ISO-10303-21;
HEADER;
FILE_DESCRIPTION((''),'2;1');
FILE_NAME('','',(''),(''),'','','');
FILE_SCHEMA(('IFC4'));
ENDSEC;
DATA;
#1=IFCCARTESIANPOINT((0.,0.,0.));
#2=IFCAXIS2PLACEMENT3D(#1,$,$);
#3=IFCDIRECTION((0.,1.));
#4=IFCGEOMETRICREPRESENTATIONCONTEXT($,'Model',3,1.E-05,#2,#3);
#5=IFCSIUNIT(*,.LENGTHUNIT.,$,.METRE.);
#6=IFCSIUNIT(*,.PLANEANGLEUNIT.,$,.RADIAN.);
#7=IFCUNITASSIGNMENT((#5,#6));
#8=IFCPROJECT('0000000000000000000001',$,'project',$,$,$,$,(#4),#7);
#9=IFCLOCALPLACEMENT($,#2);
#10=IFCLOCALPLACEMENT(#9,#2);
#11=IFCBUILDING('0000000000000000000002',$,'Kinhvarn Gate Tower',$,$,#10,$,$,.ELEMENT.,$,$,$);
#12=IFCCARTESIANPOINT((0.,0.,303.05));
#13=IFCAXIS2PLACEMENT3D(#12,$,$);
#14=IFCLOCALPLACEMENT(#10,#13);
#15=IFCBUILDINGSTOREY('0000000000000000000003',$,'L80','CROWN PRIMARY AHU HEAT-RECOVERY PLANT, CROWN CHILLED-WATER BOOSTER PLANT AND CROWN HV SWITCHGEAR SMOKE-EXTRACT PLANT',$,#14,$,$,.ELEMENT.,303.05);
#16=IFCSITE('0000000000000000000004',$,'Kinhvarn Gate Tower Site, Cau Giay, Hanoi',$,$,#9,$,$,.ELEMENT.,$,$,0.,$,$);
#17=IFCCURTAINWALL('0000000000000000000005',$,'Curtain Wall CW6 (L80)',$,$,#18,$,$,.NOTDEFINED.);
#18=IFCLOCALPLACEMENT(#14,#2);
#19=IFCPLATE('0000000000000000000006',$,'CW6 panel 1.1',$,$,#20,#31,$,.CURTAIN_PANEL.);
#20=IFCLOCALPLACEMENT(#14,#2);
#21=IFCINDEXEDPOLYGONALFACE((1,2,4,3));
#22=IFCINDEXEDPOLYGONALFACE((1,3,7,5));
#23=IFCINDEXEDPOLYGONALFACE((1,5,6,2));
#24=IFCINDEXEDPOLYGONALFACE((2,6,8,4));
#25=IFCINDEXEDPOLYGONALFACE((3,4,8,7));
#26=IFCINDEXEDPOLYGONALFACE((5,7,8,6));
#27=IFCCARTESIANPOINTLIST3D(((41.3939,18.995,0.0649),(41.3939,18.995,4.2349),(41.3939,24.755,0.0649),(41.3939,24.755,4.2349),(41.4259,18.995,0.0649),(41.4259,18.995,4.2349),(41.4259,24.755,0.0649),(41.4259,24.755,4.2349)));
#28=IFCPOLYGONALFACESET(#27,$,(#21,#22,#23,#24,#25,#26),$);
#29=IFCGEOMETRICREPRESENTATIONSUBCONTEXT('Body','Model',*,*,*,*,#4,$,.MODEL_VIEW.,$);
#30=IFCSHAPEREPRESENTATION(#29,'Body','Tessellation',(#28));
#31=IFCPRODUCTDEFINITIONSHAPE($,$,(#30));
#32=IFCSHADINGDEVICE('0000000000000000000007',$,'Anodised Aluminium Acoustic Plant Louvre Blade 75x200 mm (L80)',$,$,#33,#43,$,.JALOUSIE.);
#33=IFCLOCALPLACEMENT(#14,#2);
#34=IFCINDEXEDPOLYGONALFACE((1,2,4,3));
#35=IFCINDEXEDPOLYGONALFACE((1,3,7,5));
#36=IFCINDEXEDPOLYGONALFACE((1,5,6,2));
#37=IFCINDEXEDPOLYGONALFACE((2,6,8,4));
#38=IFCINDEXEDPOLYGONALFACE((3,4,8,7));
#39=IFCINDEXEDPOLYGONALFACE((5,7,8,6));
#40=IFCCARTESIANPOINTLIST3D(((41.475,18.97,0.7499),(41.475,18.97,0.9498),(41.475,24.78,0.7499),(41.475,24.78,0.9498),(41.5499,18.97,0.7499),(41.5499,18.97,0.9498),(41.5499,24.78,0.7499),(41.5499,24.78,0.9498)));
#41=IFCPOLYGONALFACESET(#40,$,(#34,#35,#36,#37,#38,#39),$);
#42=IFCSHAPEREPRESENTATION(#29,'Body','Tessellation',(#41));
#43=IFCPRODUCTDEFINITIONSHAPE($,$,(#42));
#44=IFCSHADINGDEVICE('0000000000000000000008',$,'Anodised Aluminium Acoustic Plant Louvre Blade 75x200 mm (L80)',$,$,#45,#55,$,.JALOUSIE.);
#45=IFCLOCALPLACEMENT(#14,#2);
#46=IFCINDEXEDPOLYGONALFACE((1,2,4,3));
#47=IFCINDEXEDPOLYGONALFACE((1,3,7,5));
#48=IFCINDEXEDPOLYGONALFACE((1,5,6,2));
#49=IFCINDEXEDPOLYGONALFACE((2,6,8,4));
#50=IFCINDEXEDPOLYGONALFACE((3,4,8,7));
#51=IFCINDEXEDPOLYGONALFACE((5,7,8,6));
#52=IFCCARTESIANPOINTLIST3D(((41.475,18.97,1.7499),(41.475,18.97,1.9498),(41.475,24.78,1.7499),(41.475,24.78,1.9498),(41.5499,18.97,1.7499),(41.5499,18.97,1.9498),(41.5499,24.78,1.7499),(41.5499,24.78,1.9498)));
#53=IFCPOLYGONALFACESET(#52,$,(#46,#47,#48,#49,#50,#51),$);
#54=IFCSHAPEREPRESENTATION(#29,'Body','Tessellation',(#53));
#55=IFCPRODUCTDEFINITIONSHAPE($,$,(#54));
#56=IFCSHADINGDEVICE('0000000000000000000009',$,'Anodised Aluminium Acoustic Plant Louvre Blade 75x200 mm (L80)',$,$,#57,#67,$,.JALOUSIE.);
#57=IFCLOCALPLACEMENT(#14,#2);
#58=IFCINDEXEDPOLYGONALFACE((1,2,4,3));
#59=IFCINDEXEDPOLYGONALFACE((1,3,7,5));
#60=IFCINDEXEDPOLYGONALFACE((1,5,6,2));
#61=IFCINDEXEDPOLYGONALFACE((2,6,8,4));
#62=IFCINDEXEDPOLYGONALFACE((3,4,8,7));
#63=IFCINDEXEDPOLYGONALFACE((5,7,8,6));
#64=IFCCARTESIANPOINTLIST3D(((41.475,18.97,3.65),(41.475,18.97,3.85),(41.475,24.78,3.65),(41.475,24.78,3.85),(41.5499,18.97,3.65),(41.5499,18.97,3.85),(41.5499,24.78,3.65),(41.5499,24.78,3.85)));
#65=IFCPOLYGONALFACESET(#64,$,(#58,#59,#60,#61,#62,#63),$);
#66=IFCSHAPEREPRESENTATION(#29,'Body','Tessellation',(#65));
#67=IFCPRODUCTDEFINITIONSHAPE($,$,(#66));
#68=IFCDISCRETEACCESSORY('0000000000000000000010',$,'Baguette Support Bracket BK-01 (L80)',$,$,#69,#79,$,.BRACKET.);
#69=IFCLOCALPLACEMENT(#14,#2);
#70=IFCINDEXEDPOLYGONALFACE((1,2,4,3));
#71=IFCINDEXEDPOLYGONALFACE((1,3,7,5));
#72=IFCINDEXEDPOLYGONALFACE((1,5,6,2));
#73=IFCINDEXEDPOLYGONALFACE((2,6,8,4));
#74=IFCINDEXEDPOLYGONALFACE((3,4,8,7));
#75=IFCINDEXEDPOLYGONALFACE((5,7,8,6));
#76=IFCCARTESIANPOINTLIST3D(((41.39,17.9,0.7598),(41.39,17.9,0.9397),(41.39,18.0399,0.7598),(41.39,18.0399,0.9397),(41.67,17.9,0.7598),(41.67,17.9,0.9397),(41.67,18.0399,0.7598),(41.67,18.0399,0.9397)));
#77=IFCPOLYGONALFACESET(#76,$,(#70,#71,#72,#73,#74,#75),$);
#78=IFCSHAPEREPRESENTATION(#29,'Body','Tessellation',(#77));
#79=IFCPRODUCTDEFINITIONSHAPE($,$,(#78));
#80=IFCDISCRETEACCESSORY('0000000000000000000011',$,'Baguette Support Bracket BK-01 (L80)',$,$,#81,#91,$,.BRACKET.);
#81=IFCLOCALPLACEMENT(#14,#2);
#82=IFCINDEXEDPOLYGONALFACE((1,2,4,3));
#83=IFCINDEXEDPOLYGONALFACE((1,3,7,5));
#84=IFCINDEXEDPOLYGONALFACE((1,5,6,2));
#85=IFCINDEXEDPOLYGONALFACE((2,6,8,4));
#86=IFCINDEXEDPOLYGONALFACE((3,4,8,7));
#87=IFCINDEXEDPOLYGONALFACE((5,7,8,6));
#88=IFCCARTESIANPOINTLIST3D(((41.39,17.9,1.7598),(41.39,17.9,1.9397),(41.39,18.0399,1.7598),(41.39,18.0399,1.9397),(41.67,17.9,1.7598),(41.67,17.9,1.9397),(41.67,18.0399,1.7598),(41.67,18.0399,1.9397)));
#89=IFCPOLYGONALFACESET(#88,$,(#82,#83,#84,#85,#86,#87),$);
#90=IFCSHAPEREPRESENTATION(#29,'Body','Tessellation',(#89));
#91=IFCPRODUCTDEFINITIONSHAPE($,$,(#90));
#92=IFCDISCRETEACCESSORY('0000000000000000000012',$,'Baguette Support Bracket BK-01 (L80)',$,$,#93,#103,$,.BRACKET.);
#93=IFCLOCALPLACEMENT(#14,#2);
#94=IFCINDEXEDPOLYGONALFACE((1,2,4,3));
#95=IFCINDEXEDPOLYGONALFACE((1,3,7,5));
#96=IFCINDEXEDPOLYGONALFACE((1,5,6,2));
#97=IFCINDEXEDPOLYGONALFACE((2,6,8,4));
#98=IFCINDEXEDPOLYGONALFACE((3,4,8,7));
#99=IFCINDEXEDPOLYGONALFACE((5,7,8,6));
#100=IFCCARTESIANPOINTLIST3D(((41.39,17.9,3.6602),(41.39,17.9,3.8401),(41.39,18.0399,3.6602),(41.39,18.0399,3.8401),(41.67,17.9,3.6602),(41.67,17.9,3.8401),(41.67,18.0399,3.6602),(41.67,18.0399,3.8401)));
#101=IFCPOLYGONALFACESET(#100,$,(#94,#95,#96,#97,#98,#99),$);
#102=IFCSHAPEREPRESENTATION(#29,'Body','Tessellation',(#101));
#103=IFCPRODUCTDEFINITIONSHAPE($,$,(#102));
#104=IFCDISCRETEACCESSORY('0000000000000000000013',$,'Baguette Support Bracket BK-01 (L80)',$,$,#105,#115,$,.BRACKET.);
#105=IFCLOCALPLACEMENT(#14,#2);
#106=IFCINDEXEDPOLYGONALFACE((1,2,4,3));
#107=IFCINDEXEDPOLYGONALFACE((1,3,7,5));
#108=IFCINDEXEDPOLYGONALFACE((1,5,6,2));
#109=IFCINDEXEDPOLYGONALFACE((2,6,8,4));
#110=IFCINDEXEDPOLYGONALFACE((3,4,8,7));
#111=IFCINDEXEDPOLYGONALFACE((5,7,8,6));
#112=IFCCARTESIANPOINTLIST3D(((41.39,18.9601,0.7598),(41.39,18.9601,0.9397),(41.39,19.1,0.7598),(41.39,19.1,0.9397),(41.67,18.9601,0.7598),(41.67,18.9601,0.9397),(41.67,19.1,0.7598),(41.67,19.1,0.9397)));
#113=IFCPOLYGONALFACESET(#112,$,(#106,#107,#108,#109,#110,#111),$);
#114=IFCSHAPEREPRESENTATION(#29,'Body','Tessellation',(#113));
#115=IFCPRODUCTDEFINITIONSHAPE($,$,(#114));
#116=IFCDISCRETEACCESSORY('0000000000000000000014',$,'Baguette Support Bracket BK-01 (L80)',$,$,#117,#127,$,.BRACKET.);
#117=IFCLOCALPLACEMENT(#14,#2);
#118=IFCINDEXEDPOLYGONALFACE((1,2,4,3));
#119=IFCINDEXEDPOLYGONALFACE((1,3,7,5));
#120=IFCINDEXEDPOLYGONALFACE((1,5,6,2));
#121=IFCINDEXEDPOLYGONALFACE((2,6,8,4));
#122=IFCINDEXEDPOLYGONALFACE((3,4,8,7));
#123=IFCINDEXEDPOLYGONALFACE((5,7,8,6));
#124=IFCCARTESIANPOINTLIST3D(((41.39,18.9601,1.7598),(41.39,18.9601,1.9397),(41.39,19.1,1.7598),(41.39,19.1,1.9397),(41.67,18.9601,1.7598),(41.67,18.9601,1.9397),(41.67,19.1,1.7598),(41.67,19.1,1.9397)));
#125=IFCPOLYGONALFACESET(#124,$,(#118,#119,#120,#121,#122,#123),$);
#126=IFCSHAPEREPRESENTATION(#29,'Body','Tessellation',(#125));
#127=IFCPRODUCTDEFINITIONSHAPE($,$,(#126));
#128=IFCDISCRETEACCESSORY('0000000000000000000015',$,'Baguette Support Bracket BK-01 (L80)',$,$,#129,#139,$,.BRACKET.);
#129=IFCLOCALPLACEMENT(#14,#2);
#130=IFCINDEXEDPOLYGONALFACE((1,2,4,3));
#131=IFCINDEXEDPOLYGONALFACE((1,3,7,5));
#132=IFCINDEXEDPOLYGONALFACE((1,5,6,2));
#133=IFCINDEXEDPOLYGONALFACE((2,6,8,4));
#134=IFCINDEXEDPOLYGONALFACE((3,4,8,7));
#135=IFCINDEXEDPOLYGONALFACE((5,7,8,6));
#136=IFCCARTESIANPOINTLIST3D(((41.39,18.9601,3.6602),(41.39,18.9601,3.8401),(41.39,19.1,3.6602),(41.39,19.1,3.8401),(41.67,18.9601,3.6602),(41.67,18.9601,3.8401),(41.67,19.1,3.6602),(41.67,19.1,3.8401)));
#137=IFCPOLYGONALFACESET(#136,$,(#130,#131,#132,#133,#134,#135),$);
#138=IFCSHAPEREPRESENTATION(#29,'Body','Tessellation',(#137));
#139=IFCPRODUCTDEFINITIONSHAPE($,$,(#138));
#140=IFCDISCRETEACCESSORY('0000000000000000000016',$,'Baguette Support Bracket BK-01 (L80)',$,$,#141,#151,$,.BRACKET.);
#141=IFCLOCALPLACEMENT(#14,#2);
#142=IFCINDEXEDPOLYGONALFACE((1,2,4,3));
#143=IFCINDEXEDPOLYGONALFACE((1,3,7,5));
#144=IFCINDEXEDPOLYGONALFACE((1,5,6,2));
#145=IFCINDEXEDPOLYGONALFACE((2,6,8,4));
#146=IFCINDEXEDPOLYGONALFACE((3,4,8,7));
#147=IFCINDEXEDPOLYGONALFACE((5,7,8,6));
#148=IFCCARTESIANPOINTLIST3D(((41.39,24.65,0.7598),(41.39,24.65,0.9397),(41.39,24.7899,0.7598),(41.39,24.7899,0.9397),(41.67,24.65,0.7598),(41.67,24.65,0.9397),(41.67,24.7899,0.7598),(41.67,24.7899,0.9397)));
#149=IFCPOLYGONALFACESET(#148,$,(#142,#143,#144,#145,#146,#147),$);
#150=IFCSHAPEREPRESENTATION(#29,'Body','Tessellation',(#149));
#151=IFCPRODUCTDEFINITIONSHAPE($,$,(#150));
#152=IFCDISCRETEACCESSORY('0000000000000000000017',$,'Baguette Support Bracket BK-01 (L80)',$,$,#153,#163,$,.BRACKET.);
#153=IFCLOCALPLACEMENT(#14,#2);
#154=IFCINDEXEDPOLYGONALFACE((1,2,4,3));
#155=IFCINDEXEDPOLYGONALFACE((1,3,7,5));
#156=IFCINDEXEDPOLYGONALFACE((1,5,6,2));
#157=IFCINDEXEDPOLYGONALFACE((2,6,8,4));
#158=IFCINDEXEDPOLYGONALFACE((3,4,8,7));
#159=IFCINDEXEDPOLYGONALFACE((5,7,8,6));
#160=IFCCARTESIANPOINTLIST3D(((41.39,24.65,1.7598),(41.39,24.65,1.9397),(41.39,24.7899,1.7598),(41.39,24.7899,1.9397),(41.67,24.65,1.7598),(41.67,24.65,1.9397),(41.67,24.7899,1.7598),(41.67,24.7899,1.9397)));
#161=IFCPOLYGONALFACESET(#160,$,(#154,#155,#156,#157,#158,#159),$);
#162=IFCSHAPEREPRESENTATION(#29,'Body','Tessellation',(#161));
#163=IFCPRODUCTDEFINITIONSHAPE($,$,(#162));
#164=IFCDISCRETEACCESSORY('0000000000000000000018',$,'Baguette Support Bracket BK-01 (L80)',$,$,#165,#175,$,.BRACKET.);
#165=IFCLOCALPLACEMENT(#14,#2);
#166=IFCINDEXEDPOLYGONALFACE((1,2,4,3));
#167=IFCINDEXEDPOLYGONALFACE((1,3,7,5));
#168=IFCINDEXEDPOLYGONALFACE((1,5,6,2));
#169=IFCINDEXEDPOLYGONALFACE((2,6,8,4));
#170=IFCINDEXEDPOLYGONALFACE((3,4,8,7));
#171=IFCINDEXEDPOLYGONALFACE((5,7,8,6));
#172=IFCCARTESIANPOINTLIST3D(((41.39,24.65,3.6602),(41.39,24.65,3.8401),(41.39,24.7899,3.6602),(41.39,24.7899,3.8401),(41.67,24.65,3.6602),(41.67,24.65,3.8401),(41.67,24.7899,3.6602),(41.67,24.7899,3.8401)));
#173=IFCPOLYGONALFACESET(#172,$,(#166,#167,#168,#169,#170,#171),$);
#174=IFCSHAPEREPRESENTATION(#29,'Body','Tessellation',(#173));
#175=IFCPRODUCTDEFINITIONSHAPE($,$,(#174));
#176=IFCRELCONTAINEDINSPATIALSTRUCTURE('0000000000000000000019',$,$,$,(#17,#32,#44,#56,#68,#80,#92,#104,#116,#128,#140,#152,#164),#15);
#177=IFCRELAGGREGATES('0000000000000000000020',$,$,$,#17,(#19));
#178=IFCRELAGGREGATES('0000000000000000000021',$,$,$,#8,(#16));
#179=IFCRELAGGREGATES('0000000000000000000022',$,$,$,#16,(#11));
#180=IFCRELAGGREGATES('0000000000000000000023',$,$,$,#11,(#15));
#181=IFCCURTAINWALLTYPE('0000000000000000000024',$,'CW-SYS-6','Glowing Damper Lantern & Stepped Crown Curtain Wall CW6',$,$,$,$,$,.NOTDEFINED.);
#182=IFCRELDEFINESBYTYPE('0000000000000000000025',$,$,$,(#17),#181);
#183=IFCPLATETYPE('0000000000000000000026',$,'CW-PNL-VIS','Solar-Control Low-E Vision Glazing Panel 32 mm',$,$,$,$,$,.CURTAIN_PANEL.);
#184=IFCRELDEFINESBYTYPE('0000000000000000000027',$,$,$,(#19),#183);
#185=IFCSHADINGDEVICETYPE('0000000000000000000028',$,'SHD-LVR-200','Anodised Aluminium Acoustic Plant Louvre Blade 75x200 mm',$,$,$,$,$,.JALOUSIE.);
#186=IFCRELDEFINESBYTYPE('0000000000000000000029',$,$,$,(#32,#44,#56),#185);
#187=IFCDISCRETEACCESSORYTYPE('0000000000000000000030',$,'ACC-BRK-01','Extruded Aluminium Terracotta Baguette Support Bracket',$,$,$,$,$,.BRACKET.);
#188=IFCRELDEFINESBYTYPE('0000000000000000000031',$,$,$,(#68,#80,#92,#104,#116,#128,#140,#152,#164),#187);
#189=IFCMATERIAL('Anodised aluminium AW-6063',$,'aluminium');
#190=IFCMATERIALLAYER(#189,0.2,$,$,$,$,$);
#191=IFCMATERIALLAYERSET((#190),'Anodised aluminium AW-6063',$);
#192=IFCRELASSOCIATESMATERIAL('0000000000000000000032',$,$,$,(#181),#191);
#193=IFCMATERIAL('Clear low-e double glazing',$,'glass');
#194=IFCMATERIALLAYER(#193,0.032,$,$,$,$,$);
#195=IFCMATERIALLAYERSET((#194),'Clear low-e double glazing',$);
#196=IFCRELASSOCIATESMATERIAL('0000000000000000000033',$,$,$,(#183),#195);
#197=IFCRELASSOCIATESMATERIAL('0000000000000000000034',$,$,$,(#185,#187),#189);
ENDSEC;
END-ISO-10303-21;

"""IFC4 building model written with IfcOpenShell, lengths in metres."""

from ifc_helpers import new_model, si_unit, direction, frame, origin, origin_2d, place, context, subcontext, project, spatial, rectangle, extrude, material, layer, layer_set, material_profile, profile_set, type_object, element, aggregate, save


model = new_model("IFC4")

# Units and contexts
model_context = context("Model", 3, precision=1e-05, world=origin(), true_north=direction((0.0, 1.0)))
body_context = subcontext(model_context, "Body", "Model", "MODEL_VIEW")
ifc_project = project(units=[si_unit("LENGTHUNIT", "METRE"), si_unit("PLANEANGLEUNIT", "RADIAN")], contexts=[model_context])

# Site, building, storey
site_placement = place(None, origin())
site = spatial("IfcSite", under=ifc_project, at=site_placement, Name="Kinhvarn Gate Tower Site, Cau Giay, Hanoi", CompositionType="ELEMENT", RefElevation=0.0)
building_placement = place(site_placement, origin())
building = spatial("IfcBuilding", under=site, at=building_placement, Name="Kinhvarn Gate Tower", CompositionType="ELEMENT")
storey_placement = place(building_placement, frame((0.0, 0.0, 303.05)))
storey = spatial("IfcBuildingStorey", under=building, at=storey_placement, Name="L80", Description="CROWN PRIMARY AHU HEAT-RECOVERY PLANT, CROWN CHILLED-WATER BOOSTER PLANT AND CROWN HV SWITCHGEAR SMOKE-EXTRACT PLANT", CompositionType="ELEMENT", Elevation=303.05)

# Curtain wall
ifc_material_1 = material(Name="Anodised aluminium AW-6063", Category="aluminium")
ifc_layer_1 = layer(ifc_material_1, 0.2)
ifc_layer_set_1 = layer_set([ifc_layer_1], Name="Anodised aluminium AW-6063")
curtain_wall_type = type_object("IfcCurtainWallType", Name="CW-SYS-6", Description="Glowing Damper Lantern & Stepped Crown Curtain Wall CW6", PredefinedType="NOTDEFINED", material=ifc_layer_set_1)
curtain_wall_1_placement = place(storey_placement, origin())
curtain_wall_1 = element("IfcCurtainWall", 1, at=curtain_wall_1_placement, inside=storey, type_object=curtain_wall_type, Name="Curtain Wall CW6 (L80)", PredefinedType="NOTDEFINED")

# Plate
ifc_material_2 = material(Name="Clear low-e double glazing", Category="glass")
ifc_layer_2 = layer(ifc_material_2, 0.032)
ifc_layer_set_2 = layer_set([ifc_layer_2], Name="Clear low-e double glazing")
plate_type = type_object("IfcPlateType", Name="CW-PNL-VIS", Description="Solar-Control Low-E Vision Glazing Panel 32 mm", PredefinedType="CURTAIN_PANEL", material=ifc_layer_set_2)
plate_1_placement = place(storey_placement, frame((41.4099, 21.875, 0.0649), z_axis=(0.0, 0.0, 1.0), x_axis=(0.0, 1.0, 0.0)))
plate_1 = element("IfcPlate", 2, at=plate_1_placement, type_object=plate_type, Name="CW6 panel 1.1", PredefinedType="CURTAIN_PANEL", context=body_context, shape_type="SweptSolid", body=[
    extrude(rectangle(XDim=5.76, YDim=0.032, at=origin_2d()), origin(), (0.0, 0.0, 1.0), 4.1699),
])
aggregate(curtain_wall_1, [plate_1])

# Shading devices
ifc_material_profile_1 = material_profile(ifc_material_1, rectangle(XDim=0.075, YDim=0.2, at=origin_2d()), Name="LOUVRE 75x200")
ifc_profile_set_1 = profile_set([ifc_material_profile_1], Name="Anodised aluminium AW-6063")
shading_device_type = type_object("IfcShadingDeviceType", Name="SHD-LVR-200", Description="Anodised Aluminium Acoustic Plant Louvre Blade 75x200 mm", PredefinedType="JALOUSIE", material=ifc_profile_set_1)
for number, where, z_axis, x_axis, name in (
    (3, (41.5125, 18.97, 0.8499), (0.0, 1.0, 0.0), (-1.0, 0.0, 0.0), "Anodised Aluminium Acoustic Plant Louvre Blade 75x200 mm (L80)"),
    (4, (41.5125, 18.97, 1.8499), (0.0, 1.0, 0.0), (-1.0, 0.0, 0.0), "Anodised Aluminium Acoustic Plant Louvre Blade 75x200 mm (L80)"),
    (5, (41.5125, 18.97, 3.75), (0.0, 1.0, 0.0), (-1.0, 0.0, 0.0), "Anodised Aluminium Acoustic Plant Louvre Blade 75x200 mm (L80)"),
):
    element("IfcShadingDevice", number, at=place(storey_placement, frame(where, z_axis=z_axis, x_axis=x_axis)), inside=storey, type_object=shading_device_type, Name=name, PredefinedType="JALOUSIE", context=body_context, shape_type="SweptSolid", body=[
        extrude(rectangle(XDim=0.075, YDim=0.2, at=origin_2d()), origin(), (0.0, 0.0, 1.0), 5.8101),
    ])

# Discrete accessories
discrete_accessory_type = type_object("IfcDiscreteAccessoryType", Name="ACC-BRK-01", Description="Extruded Aluminium Terracotta Baguette Support Bracket", PredefinedType="BRACKET", material=ifc_material_1)
for number, where, z_axis, x_axis, name in (
    (6, (41.53, 17.97, 0.7598), (0.0, 0.0, 1.0), (0.0, 1.0, 0.0), "Baguette Support Bracket BK-01 (L80)"),
    (7, (41.53, 17.97, 1.7598), (0.0, 0.0, 1.0), (0.0, 1.0, 0.0), "Baguette Support Bracket BK-01 (L80)"),
    (8, (41.53, 17.97, 3.6602), (0.0, 0.0, 1.0), (0.0, 1.0, 0.0), "Baguette Support Bracket BK-01 (L80)"),
    (9, (41.53, 19.03, 0.7598), (0.0, 0.0, 1.0), (0.0, 1.0, 0.0), "Baguette Support Bracket BK-01 (L80)"),
    (10, (41.53, 19.03, 1.7598), (0.0, 0.0, 1.0), (0.0, 1.0, 0.0), "Baguette Support Bracket BK-01 (L80)"),
    (11, (41.53, 19.03, 3.6602), (0.0, 0.0, 1.0), (0.0, 1.0, 0.0), "Baguette Support Bracket BK-01 (L80)"),
    (12, (41.53, 24.72, 0.7598), (0.0, 0.0, 1.0), (0.0, 1.0, 0.0), "Baguette Support Bracket BK-01 (L80)"),
    (13, (41.53, 24.72, 1.7598), (0.0, 0.0, 1.0), (0.0, 1.0, 0.0), "Baguette Support Bracket BK-01 (L80)"),
    (14, (41.53, 24.72, 3.6602), (0.0, 0.0, 1.0), (0.0, 1.0, 0.0), "Baguette Support Bracket BK-01 (L80)"),
):
    element("IfcDiscreteAccessory", number, at=place(storey_placement, frame(where, z_axis=z_axis, x_axis=x_axis)), inside=storey, type_object=discrete_accessory_type, Name=name, PredefinedType="BRACKET", context=body_context, shape_type="SweptSolid", body=[
        extrude(rectangle(XDim=0.1399, YDim=0.28, at=origin_2d()), origin(), (0.0, 0.0, 1.0), 0.1799),
    ])

save(model, "model.ifc")
